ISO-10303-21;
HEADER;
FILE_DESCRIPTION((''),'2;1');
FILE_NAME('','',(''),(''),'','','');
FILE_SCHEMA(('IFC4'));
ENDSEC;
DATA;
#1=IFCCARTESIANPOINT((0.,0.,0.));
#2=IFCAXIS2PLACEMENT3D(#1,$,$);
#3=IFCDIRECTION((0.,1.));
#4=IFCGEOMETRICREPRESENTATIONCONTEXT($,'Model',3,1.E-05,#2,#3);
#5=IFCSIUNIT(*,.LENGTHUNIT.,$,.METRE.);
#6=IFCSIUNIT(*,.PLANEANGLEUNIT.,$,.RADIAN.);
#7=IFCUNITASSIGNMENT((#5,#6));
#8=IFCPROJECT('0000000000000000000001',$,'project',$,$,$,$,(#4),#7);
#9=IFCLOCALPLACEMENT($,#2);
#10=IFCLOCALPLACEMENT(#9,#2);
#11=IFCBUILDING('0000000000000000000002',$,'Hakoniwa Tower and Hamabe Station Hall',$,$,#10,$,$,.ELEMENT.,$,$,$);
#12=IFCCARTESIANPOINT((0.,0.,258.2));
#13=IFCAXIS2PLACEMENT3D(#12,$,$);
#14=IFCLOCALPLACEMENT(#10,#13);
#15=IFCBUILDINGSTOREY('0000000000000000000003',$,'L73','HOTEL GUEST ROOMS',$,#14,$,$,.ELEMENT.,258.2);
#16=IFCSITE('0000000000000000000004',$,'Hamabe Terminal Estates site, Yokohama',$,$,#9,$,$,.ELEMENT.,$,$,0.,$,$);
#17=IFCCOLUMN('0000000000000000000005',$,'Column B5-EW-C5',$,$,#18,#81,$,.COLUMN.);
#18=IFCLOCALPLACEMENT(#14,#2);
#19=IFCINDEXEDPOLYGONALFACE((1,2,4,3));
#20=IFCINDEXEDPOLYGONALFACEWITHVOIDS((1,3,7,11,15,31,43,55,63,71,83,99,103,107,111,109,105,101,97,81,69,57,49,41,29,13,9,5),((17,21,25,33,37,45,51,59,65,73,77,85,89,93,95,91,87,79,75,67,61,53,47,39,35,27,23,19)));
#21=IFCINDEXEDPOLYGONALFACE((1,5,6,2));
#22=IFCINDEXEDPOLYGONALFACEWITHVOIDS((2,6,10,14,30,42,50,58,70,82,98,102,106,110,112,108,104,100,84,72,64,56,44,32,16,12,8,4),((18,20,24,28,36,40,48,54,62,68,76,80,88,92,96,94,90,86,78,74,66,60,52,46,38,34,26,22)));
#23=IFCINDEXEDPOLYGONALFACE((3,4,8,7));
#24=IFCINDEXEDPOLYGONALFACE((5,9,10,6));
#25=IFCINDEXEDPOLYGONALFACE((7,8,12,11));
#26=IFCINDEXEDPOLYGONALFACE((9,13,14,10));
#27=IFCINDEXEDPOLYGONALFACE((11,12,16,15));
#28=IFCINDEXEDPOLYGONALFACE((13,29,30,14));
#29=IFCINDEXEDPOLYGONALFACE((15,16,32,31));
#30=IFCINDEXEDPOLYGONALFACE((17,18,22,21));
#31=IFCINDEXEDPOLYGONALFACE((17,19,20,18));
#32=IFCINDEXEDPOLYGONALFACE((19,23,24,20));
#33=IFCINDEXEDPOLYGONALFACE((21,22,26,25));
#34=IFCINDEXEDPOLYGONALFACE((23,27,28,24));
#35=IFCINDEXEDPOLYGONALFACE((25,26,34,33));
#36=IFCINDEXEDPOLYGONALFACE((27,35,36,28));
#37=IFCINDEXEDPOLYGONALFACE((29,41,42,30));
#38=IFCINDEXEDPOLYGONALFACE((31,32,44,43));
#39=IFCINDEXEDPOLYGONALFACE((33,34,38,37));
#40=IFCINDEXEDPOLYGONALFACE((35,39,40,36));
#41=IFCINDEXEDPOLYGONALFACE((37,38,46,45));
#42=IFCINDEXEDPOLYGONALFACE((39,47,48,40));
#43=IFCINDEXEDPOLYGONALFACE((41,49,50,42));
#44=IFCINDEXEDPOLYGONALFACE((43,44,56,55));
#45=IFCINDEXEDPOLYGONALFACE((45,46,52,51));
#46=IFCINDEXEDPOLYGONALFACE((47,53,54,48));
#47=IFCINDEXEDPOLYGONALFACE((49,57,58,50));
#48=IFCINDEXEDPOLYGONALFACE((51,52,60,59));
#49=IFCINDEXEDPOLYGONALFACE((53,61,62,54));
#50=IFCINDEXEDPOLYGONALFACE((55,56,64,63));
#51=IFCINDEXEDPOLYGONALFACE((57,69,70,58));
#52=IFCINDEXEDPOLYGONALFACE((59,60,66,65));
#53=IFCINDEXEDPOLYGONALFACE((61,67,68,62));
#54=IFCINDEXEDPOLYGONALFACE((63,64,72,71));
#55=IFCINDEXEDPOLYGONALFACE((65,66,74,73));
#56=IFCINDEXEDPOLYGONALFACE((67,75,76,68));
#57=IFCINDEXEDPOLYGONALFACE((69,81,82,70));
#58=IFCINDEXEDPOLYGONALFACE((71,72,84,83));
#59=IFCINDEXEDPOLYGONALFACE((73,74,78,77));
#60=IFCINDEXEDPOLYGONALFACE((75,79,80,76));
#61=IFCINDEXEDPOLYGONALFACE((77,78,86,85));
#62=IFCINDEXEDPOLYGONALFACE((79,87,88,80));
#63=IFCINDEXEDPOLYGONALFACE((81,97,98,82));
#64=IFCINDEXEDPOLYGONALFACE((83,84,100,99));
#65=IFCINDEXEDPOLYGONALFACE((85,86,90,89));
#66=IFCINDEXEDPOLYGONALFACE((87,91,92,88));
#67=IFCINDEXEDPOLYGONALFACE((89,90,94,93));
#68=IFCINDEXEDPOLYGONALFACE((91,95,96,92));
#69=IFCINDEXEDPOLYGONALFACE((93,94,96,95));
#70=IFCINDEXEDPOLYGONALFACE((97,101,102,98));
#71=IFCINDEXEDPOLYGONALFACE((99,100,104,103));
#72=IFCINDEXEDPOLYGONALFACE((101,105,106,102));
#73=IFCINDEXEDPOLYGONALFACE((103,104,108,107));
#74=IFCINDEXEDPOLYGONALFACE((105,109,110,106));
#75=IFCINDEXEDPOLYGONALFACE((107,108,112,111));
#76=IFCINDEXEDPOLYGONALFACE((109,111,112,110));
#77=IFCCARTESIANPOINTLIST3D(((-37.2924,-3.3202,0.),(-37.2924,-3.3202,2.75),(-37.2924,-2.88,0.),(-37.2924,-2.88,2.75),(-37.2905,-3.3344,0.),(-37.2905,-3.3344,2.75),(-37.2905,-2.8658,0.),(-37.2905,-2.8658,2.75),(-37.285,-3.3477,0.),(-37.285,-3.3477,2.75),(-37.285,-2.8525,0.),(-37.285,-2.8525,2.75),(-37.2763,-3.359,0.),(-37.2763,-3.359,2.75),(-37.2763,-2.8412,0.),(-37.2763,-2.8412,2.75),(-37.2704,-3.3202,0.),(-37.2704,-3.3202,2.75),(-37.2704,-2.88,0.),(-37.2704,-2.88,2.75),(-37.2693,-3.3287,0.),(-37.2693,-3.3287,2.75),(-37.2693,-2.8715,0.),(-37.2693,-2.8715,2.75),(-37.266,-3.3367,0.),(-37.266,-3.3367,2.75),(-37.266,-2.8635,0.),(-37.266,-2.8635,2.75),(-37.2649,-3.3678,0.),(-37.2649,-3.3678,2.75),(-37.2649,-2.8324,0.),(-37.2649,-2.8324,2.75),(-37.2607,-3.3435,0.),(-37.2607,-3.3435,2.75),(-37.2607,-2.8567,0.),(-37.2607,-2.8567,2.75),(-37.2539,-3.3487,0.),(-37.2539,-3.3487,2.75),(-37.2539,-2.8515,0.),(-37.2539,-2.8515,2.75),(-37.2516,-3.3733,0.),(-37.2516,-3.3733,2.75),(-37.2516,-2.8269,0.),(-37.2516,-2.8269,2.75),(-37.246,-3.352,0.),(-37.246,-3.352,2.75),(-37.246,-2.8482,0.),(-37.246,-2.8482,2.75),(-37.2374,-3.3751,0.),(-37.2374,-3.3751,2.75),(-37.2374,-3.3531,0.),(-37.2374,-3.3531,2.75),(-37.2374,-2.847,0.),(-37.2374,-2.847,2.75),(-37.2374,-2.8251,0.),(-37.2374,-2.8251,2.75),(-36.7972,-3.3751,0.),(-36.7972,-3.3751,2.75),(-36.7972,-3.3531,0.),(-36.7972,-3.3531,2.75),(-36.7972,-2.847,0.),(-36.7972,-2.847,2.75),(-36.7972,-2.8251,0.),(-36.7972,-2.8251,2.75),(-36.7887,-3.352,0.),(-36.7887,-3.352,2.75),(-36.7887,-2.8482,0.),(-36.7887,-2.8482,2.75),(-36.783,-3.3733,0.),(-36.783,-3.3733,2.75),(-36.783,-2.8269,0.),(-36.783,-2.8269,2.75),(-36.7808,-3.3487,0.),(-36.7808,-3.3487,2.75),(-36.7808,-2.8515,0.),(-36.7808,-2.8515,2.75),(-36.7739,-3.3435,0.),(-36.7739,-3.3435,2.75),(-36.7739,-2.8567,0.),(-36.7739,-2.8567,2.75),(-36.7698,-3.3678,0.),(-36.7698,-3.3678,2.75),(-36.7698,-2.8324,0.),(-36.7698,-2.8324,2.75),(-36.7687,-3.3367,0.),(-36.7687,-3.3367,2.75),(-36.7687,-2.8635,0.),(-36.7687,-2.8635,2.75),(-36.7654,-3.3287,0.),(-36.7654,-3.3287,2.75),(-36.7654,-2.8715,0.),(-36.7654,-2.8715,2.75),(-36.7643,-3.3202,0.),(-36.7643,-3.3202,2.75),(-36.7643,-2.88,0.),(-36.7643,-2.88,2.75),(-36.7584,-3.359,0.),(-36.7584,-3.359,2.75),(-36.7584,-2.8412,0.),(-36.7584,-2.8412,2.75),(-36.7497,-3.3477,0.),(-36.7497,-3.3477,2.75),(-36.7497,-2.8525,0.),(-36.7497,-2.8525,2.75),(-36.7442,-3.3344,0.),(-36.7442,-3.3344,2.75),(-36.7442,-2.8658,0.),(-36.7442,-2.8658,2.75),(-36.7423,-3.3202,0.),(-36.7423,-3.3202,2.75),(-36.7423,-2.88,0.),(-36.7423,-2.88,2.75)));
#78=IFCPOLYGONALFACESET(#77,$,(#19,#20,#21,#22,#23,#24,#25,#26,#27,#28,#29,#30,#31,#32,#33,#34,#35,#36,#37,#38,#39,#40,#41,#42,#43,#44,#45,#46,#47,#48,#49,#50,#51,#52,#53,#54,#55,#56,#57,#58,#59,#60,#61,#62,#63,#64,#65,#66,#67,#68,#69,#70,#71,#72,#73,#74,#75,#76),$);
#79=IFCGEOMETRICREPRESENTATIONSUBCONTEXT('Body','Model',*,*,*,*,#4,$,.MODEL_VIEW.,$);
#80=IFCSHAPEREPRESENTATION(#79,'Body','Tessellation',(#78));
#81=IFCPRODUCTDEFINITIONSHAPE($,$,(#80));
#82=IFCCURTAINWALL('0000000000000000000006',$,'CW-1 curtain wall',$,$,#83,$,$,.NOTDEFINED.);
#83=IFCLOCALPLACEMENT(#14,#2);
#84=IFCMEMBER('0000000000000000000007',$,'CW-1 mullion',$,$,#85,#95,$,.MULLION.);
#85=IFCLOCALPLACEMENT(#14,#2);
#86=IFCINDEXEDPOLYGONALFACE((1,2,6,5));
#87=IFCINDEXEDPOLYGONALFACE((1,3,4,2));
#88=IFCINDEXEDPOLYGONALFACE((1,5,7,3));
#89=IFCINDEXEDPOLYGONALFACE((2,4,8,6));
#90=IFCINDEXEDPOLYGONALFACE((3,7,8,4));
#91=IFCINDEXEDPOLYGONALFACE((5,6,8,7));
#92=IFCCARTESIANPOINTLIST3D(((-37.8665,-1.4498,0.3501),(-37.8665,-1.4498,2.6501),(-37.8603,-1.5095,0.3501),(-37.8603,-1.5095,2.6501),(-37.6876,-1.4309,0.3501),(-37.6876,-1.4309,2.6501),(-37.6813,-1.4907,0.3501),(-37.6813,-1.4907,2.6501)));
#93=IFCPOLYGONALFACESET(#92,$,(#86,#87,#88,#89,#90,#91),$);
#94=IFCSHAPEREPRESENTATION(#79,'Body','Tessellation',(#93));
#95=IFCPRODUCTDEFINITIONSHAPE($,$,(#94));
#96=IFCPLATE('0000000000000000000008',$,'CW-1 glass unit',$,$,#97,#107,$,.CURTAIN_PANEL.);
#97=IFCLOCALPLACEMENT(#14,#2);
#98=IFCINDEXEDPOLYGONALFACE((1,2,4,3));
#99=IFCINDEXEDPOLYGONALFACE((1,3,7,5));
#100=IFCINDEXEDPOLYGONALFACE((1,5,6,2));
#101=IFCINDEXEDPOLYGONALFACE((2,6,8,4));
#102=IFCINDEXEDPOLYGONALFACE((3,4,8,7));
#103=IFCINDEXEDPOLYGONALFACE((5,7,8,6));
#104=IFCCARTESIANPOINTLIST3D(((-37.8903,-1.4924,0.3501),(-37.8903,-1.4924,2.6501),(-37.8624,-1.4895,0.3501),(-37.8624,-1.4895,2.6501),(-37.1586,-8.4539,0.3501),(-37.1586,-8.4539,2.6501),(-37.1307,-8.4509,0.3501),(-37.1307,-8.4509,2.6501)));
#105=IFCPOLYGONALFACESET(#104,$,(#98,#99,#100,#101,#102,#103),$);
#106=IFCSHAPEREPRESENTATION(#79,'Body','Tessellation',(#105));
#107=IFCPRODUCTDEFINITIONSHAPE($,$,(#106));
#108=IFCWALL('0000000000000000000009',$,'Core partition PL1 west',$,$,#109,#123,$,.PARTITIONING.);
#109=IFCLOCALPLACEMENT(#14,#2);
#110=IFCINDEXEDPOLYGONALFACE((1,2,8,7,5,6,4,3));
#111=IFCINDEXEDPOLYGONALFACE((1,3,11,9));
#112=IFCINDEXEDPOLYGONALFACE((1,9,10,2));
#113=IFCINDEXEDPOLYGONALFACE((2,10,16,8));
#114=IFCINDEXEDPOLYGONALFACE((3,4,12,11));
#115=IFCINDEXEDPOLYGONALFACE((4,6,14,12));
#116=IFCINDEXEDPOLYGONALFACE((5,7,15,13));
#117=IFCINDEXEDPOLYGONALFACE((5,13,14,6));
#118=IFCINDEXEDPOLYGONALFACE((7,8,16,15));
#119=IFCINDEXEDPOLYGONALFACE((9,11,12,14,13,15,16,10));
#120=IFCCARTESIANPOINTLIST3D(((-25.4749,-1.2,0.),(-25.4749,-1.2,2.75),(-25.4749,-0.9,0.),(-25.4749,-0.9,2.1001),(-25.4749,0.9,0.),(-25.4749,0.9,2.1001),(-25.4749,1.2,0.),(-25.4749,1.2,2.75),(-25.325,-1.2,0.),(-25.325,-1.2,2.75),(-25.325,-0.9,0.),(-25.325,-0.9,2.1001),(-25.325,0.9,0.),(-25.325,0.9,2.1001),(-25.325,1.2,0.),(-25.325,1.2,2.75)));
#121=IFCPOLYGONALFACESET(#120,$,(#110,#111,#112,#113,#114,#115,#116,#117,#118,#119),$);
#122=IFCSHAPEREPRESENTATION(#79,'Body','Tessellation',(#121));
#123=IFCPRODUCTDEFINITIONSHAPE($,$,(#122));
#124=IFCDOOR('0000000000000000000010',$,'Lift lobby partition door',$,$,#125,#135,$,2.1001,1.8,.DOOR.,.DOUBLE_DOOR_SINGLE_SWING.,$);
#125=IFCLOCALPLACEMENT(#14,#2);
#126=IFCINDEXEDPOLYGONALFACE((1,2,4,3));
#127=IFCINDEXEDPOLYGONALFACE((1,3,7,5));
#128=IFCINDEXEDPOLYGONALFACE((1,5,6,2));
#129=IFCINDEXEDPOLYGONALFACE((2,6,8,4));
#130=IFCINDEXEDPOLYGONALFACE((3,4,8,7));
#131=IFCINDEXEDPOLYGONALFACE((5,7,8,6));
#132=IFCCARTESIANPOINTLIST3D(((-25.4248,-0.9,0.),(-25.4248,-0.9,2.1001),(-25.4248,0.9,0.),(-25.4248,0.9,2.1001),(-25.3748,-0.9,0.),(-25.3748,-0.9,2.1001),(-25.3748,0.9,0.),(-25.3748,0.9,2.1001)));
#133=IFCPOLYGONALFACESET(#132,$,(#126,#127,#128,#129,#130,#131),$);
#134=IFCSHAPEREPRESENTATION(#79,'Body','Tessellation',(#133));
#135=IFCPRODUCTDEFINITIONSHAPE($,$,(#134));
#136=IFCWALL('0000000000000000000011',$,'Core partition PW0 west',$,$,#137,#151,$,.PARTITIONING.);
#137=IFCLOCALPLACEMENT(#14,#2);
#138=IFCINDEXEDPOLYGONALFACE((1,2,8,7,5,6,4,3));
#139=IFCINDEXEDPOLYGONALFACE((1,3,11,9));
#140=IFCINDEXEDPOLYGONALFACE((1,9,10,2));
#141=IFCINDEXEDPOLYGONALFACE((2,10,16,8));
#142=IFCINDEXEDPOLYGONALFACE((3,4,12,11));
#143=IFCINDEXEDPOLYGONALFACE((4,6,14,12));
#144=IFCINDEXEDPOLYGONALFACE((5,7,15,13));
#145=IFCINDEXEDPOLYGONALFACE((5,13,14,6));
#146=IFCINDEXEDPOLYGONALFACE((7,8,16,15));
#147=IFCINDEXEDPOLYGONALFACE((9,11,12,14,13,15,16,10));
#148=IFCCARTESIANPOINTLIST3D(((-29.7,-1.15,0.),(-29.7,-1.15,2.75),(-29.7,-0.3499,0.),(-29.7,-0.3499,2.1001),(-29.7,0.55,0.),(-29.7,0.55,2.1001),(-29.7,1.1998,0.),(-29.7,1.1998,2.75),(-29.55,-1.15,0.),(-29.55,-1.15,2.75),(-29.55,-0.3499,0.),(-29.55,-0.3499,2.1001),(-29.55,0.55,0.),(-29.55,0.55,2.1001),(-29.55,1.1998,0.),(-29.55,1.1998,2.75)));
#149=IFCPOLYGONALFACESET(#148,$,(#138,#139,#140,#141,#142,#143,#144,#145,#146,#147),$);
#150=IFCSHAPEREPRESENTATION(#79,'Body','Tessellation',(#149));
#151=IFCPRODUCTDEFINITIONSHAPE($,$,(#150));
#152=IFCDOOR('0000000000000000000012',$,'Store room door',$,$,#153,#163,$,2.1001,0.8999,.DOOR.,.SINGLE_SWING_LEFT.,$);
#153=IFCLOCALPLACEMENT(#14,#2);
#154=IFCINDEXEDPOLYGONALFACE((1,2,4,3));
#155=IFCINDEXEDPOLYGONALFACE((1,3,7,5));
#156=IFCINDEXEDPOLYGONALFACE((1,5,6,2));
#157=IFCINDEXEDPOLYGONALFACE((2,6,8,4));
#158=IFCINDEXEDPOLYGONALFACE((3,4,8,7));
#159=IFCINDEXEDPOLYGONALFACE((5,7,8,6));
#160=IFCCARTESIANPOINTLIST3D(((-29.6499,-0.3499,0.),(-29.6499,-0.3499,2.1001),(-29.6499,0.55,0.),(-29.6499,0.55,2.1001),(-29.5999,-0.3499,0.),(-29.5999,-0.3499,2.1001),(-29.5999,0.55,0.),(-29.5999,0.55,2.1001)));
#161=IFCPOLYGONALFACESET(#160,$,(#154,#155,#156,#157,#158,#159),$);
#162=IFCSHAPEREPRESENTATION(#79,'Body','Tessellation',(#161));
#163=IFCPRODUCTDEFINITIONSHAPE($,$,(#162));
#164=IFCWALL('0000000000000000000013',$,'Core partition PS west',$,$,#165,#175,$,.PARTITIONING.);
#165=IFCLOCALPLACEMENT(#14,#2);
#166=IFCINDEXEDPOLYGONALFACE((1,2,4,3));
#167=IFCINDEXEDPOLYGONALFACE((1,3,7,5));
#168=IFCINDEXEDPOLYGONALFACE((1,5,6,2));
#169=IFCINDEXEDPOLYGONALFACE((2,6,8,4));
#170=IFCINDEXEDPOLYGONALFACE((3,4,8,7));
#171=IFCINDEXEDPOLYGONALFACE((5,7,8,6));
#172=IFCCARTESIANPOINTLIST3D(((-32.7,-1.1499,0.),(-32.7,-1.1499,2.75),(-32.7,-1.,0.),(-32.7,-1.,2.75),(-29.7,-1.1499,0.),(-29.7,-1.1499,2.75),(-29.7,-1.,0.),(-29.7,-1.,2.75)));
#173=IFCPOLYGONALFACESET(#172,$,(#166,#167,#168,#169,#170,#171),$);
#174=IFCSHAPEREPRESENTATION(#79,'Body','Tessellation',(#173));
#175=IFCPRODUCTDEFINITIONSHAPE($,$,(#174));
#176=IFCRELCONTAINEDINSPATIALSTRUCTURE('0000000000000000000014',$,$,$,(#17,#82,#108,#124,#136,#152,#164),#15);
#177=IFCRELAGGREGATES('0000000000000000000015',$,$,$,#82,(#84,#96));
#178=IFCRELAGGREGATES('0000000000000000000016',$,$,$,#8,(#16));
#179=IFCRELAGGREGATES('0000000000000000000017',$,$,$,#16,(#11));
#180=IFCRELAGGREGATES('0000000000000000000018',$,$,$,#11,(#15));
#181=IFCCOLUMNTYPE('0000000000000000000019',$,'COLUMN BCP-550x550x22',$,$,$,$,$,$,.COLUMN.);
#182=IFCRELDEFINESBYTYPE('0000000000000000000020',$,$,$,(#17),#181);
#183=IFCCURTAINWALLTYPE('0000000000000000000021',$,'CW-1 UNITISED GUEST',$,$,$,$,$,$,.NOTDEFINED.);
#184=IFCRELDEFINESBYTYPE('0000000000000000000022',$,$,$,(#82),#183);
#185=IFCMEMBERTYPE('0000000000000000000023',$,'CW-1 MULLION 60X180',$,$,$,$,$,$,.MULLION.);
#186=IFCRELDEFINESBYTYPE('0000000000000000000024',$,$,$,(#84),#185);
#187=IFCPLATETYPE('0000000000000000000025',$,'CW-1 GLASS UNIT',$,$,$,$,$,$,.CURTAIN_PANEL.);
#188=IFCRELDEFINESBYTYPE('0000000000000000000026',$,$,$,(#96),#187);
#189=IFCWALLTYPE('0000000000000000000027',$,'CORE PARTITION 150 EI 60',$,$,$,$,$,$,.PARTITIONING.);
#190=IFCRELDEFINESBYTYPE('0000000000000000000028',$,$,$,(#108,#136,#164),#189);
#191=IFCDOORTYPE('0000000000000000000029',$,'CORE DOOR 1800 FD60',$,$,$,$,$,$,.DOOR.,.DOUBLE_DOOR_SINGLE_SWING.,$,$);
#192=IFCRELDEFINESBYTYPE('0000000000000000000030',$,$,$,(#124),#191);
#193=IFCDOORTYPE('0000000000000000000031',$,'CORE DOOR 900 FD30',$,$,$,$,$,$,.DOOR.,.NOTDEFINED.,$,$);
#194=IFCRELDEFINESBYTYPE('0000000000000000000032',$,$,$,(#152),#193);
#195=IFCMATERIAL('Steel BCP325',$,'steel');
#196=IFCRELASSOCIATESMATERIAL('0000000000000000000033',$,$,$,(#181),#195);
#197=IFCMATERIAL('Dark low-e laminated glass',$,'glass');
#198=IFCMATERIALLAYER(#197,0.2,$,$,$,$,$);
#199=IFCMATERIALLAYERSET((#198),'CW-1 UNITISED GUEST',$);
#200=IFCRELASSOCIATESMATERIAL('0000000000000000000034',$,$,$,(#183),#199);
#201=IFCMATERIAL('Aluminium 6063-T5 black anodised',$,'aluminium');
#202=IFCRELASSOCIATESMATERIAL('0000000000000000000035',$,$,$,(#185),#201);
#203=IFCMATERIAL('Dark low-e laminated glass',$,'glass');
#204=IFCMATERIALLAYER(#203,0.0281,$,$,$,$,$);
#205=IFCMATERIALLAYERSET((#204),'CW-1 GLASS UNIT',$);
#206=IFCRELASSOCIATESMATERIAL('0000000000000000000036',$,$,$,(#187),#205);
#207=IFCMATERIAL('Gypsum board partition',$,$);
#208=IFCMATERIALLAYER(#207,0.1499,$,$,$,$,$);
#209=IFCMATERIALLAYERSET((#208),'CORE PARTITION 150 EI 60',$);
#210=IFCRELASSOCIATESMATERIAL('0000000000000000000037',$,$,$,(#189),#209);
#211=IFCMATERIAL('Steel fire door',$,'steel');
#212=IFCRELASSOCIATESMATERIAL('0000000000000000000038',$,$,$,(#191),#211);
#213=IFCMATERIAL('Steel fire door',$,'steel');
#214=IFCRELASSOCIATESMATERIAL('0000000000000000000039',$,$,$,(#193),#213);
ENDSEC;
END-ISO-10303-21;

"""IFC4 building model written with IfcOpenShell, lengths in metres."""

from ifc_helpers import new_model, si_unit, direction, frame, frame_2d, origin, origin_2d, place, context, subcontext, project, spatial, rectangle, hollow_rectangle, extrude, material, layer, layer_set, material_profile, profile_set, type_object, element, fill, aggregate, save


model = new_model("IFC4")

# Units and contexts
model_context = context("Model", 3, precision=1e-05, world=origin(), true_north=direction((0.0, 1.0)))
body_context = subcontext(model_context, "Body", "Model", "MODEL_VIEW")
ifc_project = project(units=[si_unit("LENGTHUNIT", "METRE"), si_unit("PLANEANGLEUNIT", "RADIAN")], contexts=[model_context])

# Site, building, storey
site_placement = place(None, origin())
site = spatial("IfcSite", under=ifc_project, at=site_placement, Name="Hamabe Terminal Estates site, Yokohama", CompositionType="ELEMENT", RefElevation=0.0)
building_placement = place(site_placement, origin())
building = spatial("IfcBuilding", under=site, at=building_placement, Name="Hakoniwa Tower and Hamabe Station Hall", CompositionType="ELEMENT")
storey_placement = place(building_placement, frame((0.0, 0.0, 258.2)))
storey = spatial("IfcBuildingStorey", under=building, at=storey_placement, Name="L73", Description="HOTEL GUEST ROOMS", CompositionType="ELEMENT", Elevation=258.2)

# Column
ifc_material_1 = material(Name="Steel BCP325", Category="steel")
ifc_material_profile_1 = material_profile(ifc_material_1, hollow_rectangle(XDim=0.55, YDim=0.55, WallThickness=0.022, InnerFilletRadius=0.033, OuterFilletRadius=0.0549, at=origin_2d()), Name="BCP-550x550x22")
ifc_profile_set_1 = profile_set([ifc_material_profile_1], Name="Steel BCP325")
column_type = type_object("IfcColumnType", Name="COLUMN BCP-550x550x22", PredefinedType="COLUMN", material=ifc_profile_set_1)
column_placement = place(storey_placement, frame((-37.0173, -3.1001, 0.0), z_axis=(0.0, 0.0, 1.0), x_axis=(1.0, 0.0, 0.0)))
element("IfcColumn", 1, at=column_placement, inside=storey, type_object=column_type, Name="Column B5-EW-C5", PredefinedType="COLUMN", context=body_context, shape_type="SweptSolid", body=[
    extrude(hollow_rectangle(XDim=0.55, YDim=0.55, WallThickness=0.022, InnerFilletRadius=0.033, OuterFilletRadius=0.0549, at=origin_2d()), origin(), (0.0, 0.0, 1.0), 2.75),
])

# Curtain wall, member, plate
ifc_material_2 = material(Name="Dark low-e laminated glass", Category="glass")
ifc_layer_1 = layer(ifc_material_2, 0.2)
ifc_layer_set_1 = layer_set([ifc_layer_1], Name="CW-1 UNITISED GUEST")
curtain_wall_type = type_object("IfcCurtainWallType", Name="CW-1 UNITISED GUEST", PredefinedType="NOTDEFINED", material=ifc_layer_set_1)
curtain_wall_placement = place(storey_placement, origin())
curtain_wall = element("IfcCurtainWall", 2, at=curtain_wall_placement, inside=storey, type_object=curtain_wall_type, Name="CW-1 curtain wall", PredefinedType="NOTDEFINED")
ifc_material_3 = material(Name="Aluminium 6063-T5 black anodised", Category="aluminium")
ifc_material_profile_2 = material_profile(ifc_material_3, rectangle(XDim=0.0601, YDim=0.1799, at=origin_2d()), Name="CW-1 MULLION 60X180")
ifc_profile_set_2 = profile_set([ifc_material_profile_2], Name="Aluminium 6063-T5 black anodised")
member_type = type_object("IfcMemberType", Name="CW-1 MULLION 60X180", PredefinedType="MULLION", material=ifc_profile_set_2)
member_placement = place(storey_placement, frame((-37.7739, -1.4702, 0.3501), z_axis=(0.0, 0.0, 1.0), x_axis=(0.104528, -0.994522, 0.0)))
member = element("IfcMember", 3, at=member_placement, type_object=member_type, Name="CW-1 mullion", PredefinedType="MULLION", context=body_context, shape_type="SweptSolid", body=[
    extrude(rectangle(XDim=0.0601, YDim=0.1799, at=origin_2d()), origin(), (0.0, 0.0, 1.0), 2.3),
])
ifc_material_4 = material(Name="Dark low-e laminated glass", Category="glass")
ifc_layer_2 = layer(ifc_material_4, 0.0281)
ifc_layer_set_2 = layer_set([ifc_layer_2], Name="CW-1 GLASS UNIT")
plate_type = type_object("IfcPlateType", Name="CW-1 GLASS UNIT", PredefinedType="CURTAIN_PANEL", material=ifc_layer_set_2)
plate_placement = place(storey_placement, frame((-37.5105, -4.9717, 0.3501), z_axis=(0.0, 0.0, 1.0), x_axis=(0.104528, -0.994522, 0.0)))
plate = element("IfcPlate", 4, at=plate_placement, type_object=plate_type, Name="CW-1 glass unit", PredefinedType="CURTAIN_PANEL", context=body_context, shape_type="SweptSolid", body=[
    extrude(rectangle(XDim=6.9998, YDim=0.0281, at=origin_2d()), origin(), (0.0, 0.0, 1.0), 2.3),
])
aggregate(curtain_wall, [member, plate])

# Walls, openings, doors
ifc_material_5 = material(Name="Gypsum board partition")
ifc_layer_3 = layer(ifc_material_5, 0.1499)
ifc_layer_set_3 = layer_set([ifc_layer_3], Name="CORE PARTITION 150 EI 60")
wall_type_1 = type_object("IfcWallType", Name="CORE PARTITION 150 EI 60", PredefinedType="PARTITIONING", material=ifc_layer_set_3)
wall_1_placement = place(storey_placement, frame((-25.3999, -1.2, 0.0), z_axis=(0.0, 0.0, 1.0), x_axis=(0.0, 1.0, 0.0)))
wall_1 = element("IfcWall", 5, at=wall_1_placement, inside=storey, type_object=wall_type_1, Name="Core partition PL1 west", PredefinedType="PARTITIONING", context=body_context, shape_type="SweptSolid", body=[
    extrude(rectangle(XDim=2.3999, YDim=0.1499, at=frame_2d((1.2, 0.0))), origin(), (0.0, 0.0, 1.0), 2.75),
])
opening_1_placement = place(wall_1_placement, frame((0.3, 0.0, 0.0)))
opening_1 = element("IfcOpeningElement", 6, at=opening_1_placement, cuts=wall_1, PredefinedType="OPENING", context=body_context, shape_type="SweptSolid", body=[
    extrude(rectangle(XDim=1.8, YDim=2.1001, at=frame_2d((0.8999, 1.05))), frame((0.0, 0.085, 0.0), z_axis=(0.0, -1.0, 0.0), x_axis=(1.0, 0.0, 0.0)), (0.0, 0.0, 1.0), 0.1699),
])
ifc_material_6 = material(Name="Steel fire door", Category="steel")
door_type_1 = type_object("IfcDoorType", Name="CORE DOOR 1800 FD60", OperationType="DOUBLE_DOOR_SINGLE_SWING", PredefinedType="DOOR", material=ifc_material_6)
door_1_placement = place(opening_1_placement, origin())
door_1 = element("IfcDoor", 7, at=door_1_placement, inside=storey, type_object=door_type_1, Name="Lift lobby partition door", OperationType="DOUBLE_DOOR_SINGLE_SWING", OverallHeight=2.1001, OverallWidth=1.8, PredefinedType="DOOR", context=body_context, shape_type="SweptSolid", body=[
    extrude(rectangle(XDim=1.8, YDim=2.1001, at=frame_2d((0.8999, 1.05))), frame((0.0, 0.0249, 0.0), z_axis=(0.0, -1.0, 0.0), x_axis=(1.0, 0.0, 0.0)), (0.0, 0.0, 1.0), 0.05),
])
fill(opening_1, door_1)
wall_2_placement = place(storey_placement, frame((-29.625, -1.1499, 0.0), z_axis=(0.0, 0.0, 1.0), x_axis=(0.0, 1.0, 0.0)))
wall_2 = element("IfcWall", 8, at=wall_2_placement, inside=storey, type_object=wall_type_1, Name="Core partition PW0 west", PredefinedType="PARTITIONING", context=body_context, shape_type="SweptSolid", body=[
    extrude(rectangle(XDim=2.3499, YDim=0.1499, at=frame_2d((1.1748, 0.0))), origin(), (0.0, 0.0, 1.0), 2.75),
])
opening_2_placement = place(wall_2_placement, frame((0.8, 0.0, 0.0)))
opening_2 = element("IfcOpeningElement", 9, at=opening_2_placement, cuts=wall_2, PredefinedType="OPENING", context=body_context, shape_type="SweptSolid", body=[
    extrude(rectangle(XDim=0.8999, YDim=2.1001, at=frame_2d((0.45, 1.05))), frame((0.0, 0.085, 0.0), z_axis=(0.0, -1.0, 0.0), x_axis=(1.0, 0.0, 0.0)), (0.0, 0.0, 1.0), 0.1699),
])
ifc_material_7 = material(Name="Steel fire door", Category="steel")
door_type_2 = type_object("IfcDoorType", Name="CORE DOOR 900 FD30", OperationType="NOTDEFINED", PredefinedType="DOOR", material=ifc_material_7)
door_2_placement = place(opening_2_placement, origin())
door_2 = element("IfcDoor", 10, at=door_2_placement, inside=storey, type_object=door_type_2, Name="Store room door", OperationType="SINGLE_SWING_LEFT", OverallHeight=2.1001, OverallWidth=0.8999, PredefinedType="DOOR", context=body_context, shape_type="SweptSolid", body=[
    extrude(rectangle(XDim=0.8999, YDim=2.1001, at=frame_2d((0.45, 1.05))), frame((0.0, 0.0249, 0.0), z_axis=(0.0, -1.0, 0.0), x_axis=(1.0, 0.0, 0.0)), (0.0, 0.0, 1.0), 0.05),
])
fill(opening_2, door_2)

# Wall
wall_3_placement = place(storey_placement, frame((-32.7, -1.075, 0.0), z_axis=(0.0, 0.0, 1.0), x_axis=(1.0, 0.0, 0.0)))
element("IfcWall", 11, at=wall_3_placement, inside=storey, type_object=wall_type_1, Name="Core partition PS west", PredefinedType="PARTITIONING", context=body_context, shape_type="SweptSolid", body=[
    extrude(rectangle(XDim=3.0, YDim=0.1499, at=frame_2d((1.5, 0.0))), origin(), (0.0, 0.0, 1.0), 2.75),
])

save(model, "model.ifc")
